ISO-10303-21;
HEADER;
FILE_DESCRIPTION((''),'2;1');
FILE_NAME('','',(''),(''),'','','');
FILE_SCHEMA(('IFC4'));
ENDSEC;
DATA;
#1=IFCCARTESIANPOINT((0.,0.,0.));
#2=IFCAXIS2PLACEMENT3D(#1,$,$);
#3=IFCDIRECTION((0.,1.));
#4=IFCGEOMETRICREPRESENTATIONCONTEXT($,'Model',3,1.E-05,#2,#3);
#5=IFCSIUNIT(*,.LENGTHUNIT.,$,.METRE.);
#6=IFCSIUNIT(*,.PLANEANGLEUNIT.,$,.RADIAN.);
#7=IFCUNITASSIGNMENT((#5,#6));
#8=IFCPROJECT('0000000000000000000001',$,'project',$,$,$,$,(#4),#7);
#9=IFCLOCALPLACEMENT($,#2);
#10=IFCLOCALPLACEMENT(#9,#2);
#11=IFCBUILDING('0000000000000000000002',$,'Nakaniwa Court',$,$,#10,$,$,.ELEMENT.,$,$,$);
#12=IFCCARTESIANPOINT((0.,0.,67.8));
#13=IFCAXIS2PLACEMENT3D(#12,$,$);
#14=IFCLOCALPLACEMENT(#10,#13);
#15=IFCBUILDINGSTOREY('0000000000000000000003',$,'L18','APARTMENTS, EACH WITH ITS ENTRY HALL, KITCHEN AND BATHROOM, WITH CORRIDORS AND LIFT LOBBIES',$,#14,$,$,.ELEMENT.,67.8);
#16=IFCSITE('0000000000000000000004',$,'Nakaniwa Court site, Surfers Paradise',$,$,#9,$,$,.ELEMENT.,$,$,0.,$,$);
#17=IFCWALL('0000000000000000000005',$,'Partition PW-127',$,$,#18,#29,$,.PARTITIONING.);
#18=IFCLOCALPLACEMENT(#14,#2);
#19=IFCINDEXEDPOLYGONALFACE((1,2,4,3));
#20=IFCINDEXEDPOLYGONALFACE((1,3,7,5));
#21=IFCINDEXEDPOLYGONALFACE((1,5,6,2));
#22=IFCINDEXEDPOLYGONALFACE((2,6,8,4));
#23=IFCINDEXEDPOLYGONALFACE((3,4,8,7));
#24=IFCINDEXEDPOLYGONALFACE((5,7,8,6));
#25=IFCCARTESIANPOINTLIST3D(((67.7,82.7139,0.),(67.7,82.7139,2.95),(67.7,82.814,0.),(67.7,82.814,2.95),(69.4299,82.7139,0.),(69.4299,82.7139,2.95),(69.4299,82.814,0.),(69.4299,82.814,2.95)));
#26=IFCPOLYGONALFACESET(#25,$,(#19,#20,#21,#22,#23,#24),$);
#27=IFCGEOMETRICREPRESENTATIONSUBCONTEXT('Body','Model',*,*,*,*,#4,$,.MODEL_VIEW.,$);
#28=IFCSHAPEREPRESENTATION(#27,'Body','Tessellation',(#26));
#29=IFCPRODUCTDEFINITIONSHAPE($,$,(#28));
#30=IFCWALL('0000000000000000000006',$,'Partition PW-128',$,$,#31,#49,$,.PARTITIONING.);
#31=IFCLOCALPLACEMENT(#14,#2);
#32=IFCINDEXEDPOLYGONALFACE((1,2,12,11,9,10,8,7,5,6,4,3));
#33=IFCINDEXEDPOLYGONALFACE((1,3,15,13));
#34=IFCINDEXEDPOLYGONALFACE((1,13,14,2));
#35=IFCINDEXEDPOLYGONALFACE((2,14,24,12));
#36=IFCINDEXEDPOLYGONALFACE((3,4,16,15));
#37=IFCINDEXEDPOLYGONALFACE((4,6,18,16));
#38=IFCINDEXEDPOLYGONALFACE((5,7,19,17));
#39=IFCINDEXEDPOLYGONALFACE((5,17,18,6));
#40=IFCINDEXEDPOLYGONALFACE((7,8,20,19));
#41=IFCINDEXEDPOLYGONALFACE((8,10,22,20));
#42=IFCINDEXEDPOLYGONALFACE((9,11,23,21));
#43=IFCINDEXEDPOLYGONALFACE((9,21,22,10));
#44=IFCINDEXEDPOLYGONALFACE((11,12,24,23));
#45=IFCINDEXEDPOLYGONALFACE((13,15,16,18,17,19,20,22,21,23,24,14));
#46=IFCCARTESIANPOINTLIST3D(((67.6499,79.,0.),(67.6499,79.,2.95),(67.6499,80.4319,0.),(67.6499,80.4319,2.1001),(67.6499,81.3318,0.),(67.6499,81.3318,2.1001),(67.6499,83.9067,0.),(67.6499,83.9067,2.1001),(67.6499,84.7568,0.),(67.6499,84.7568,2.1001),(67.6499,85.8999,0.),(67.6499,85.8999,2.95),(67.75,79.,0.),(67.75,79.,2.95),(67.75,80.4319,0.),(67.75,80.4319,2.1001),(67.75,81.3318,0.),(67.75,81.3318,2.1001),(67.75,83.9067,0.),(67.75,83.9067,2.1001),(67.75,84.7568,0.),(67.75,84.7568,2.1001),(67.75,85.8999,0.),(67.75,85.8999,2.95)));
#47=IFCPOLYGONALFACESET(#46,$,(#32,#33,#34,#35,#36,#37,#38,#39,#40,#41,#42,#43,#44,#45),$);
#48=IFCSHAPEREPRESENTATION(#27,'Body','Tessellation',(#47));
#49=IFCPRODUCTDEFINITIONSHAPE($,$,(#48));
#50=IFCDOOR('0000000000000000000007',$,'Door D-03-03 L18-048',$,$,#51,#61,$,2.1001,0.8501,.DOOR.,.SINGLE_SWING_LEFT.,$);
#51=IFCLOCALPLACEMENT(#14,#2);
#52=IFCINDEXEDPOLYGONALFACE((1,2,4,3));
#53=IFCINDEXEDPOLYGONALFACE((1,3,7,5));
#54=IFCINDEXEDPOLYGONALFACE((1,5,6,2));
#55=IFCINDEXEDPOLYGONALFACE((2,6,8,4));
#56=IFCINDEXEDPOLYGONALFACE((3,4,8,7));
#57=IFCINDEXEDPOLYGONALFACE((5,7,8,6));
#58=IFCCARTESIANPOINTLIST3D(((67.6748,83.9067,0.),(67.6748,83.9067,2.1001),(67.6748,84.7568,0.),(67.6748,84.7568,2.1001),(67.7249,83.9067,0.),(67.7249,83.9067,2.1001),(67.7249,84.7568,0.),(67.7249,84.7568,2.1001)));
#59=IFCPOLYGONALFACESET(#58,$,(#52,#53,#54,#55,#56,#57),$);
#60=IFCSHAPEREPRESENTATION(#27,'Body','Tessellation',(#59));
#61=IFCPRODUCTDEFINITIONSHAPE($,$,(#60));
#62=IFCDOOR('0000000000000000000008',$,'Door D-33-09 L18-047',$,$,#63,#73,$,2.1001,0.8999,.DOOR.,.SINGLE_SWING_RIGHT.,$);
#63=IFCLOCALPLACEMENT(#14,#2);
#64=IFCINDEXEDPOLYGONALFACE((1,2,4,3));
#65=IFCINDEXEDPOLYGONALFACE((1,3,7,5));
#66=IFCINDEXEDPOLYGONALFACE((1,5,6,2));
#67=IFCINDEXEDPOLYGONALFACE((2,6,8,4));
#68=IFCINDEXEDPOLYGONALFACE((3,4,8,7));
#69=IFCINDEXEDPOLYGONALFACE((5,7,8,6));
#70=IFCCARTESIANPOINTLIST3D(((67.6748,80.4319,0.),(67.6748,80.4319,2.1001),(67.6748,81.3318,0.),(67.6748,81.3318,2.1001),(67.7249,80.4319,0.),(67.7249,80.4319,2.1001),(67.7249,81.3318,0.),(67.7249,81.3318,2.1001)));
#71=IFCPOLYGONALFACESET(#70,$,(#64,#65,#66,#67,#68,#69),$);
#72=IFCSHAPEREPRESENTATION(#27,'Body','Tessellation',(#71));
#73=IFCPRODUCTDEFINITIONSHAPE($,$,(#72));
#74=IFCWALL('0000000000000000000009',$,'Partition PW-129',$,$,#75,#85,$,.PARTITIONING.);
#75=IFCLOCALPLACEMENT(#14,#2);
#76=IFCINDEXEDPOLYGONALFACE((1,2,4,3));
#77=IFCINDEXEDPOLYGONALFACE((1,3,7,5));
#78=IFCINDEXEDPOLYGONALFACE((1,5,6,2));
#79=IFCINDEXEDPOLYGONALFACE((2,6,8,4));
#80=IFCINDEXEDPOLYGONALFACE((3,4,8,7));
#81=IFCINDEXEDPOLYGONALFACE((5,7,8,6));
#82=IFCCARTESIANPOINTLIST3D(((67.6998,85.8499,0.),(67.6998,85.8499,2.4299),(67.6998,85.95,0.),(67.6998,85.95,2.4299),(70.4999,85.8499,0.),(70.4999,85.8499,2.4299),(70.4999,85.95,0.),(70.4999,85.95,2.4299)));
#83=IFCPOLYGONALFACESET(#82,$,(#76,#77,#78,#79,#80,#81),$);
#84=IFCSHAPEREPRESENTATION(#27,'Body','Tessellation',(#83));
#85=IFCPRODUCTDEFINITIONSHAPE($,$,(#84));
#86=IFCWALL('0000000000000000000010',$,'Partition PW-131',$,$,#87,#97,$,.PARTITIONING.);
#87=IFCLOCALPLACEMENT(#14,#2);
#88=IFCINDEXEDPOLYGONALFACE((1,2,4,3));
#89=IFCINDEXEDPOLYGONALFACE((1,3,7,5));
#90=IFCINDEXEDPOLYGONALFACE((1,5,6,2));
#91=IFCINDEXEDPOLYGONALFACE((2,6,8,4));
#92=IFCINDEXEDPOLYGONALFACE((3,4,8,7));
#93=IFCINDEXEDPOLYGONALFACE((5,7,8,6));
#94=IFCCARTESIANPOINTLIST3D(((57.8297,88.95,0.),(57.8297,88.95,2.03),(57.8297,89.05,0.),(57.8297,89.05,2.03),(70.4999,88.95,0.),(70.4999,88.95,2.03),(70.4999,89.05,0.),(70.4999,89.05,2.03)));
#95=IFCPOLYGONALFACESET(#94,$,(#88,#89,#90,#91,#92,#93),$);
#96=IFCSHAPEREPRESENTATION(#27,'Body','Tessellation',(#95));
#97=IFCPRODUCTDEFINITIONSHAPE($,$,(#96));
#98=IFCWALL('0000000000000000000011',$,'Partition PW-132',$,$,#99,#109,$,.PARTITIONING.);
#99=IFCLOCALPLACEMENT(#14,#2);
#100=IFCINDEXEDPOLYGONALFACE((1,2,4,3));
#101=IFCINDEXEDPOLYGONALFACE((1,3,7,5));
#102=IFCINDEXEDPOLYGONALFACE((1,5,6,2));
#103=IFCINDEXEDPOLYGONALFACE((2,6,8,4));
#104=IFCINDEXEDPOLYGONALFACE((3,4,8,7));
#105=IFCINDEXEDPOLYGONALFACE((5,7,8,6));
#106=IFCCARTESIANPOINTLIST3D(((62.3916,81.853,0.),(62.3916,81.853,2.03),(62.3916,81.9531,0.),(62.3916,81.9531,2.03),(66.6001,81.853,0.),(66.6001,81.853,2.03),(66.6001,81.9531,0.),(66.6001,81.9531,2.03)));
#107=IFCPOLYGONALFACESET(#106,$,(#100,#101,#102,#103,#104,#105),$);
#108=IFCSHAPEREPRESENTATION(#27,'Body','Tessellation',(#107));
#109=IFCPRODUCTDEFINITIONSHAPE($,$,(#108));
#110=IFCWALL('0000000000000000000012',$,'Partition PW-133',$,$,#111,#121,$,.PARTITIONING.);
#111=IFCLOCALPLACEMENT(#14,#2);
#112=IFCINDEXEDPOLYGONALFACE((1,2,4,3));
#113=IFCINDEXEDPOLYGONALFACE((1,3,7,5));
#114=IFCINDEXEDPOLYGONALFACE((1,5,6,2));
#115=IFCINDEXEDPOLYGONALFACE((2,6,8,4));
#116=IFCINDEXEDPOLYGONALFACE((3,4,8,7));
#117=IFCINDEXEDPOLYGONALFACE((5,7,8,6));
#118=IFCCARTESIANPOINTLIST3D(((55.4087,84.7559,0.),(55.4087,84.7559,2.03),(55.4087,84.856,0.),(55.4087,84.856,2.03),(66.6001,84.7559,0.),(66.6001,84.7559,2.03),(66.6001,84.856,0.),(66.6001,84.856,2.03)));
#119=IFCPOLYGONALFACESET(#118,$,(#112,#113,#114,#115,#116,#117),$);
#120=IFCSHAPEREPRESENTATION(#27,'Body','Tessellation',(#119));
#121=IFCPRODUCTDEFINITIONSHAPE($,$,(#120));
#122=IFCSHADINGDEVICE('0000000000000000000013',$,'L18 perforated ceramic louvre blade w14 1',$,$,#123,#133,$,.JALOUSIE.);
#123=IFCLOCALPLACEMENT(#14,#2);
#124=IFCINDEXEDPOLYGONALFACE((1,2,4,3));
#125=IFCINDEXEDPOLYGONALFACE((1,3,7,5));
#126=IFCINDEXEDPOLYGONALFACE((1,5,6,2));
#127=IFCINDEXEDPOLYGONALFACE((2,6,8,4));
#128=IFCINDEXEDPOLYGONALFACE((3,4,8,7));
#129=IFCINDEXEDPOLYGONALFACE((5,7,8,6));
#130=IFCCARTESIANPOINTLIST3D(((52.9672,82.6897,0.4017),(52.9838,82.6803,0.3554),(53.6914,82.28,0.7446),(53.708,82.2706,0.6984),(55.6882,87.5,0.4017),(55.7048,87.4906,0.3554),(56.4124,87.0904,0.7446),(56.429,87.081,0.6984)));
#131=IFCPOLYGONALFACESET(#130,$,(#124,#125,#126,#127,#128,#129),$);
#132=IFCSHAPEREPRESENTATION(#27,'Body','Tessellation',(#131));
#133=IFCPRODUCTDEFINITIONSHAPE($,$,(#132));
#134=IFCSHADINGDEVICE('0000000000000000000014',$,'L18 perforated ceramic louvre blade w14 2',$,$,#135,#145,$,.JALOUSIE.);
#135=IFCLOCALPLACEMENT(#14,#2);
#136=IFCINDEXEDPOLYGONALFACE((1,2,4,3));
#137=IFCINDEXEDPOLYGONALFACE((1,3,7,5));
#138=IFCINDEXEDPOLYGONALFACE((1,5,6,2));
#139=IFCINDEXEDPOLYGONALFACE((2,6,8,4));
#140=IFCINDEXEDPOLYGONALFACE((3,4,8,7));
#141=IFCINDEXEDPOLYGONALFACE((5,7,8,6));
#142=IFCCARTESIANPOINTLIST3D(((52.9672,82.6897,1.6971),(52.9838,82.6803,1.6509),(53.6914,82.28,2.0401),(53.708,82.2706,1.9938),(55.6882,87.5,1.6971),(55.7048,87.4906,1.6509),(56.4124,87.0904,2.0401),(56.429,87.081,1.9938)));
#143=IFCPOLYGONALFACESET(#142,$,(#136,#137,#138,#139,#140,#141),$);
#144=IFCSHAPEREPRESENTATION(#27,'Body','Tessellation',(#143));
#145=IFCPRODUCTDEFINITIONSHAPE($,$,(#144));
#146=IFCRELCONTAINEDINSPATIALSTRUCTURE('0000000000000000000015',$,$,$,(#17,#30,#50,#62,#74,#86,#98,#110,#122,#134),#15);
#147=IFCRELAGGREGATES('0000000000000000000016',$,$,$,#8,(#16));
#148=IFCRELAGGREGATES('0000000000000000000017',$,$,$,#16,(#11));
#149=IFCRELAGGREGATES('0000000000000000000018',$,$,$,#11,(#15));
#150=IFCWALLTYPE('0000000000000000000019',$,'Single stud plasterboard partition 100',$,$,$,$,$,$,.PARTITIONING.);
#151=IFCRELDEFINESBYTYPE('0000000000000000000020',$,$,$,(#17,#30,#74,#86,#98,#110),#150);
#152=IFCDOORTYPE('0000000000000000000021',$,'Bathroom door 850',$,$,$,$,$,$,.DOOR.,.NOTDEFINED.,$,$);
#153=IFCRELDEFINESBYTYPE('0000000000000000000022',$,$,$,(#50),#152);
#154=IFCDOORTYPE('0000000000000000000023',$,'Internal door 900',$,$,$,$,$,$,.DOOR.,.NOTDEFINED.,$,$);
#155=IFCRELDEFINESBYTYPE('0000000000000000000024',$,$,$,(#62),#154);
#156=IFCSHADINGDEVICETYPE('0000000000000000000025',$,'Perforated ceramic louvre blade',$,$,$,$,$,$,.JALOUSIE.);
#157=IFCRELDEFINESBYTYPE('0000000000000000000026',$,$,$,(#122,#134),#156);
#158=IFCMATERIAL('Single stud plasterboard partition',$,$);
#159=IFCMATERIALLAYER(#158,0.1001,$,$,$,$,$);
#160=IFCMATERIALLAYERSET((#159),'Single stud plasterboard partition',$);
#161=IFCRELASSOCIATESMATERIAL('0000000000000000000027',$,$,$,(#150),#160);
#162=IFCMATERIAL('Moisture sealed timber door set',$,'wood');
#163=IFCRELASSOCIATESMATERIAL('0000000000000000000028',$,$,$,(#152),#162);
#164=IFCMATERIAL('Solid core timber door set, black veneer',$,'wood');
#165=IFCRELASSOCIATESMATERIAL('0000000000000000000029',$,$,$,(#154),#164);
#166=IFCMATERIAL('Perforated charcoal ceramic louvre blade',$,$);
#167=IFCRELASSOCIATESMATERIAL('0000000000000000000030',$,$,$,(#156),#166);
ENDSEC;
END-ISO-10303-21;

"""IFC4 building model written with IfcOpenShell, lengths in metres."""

from ifc_helpers import new_model, si_unit, direction, frame, frame_2d, origin, origin_2d, place, context, subcontext, project, spatial, rectangle, extrude, material, layer, layer_set, material_profile, profile_set, type_object, element, fill, save


model = new_model("IFC4")

# Units and contexts
model_context = context("Model", 3, precision=1e-05, world=origin(), true_north=direction((0.0, 1.0)))
body_context = subcontext(model_context, "Body", "Model", "MODEL_VIEW")
ifc_project = project(units=[si_unit("LENGTHUNIT", "METRE"), si_unit("PLANEANGLEUNIT", "RADIAN")], contexts=[model_context])

# Site, building, storey
site_placement = place(None, origin())
site = spatial("IfcSite", under=ifc_project, at=site_placement, Name="Nakaniwa Court site, Surfers Paradise", CompositionType="ELEMENT", RefElevation=0.0)
building_placement = place(site_placement, origin())
building = spatial("IfcBuilding", under=site, at=building_placement, Name="Nakaniwa Court", CompositionType="ELEMENT")
storey_placement = place(building_placement, frame((0.0, 0.0, 67.8)))
storey = spatial("IfcBuildingStorey", under=building, at=storey_placement, Name="L18", Description="APARTMENTS, EACH WITH ITS ENTRY HALL, KITCHEN AND BATHROOM, WITH CORRIDORS AND LIFT LOBBIES", CompositionType="ELEMENT", Elevation=67.8)

# Wall
ifc_material_1 = material(Name="Single stud plasterboard partition")
ifc_layer_1 = layer(ifc_material_1, 0.1001)
ifc_layer_set_1 = layer_set([ifc_layer_1], Name="Single stud plasterboard partition")
wall_type_1 = type_object("IfcWallType", Name="Single stud plasterboard partition 100", PredefinedType="PARTITIONING", material=ifc_layer_set_1)
wall_1_placement = place(storey_placement, frame((67.7, 82.7639, 0.0), z_axis=(0.0, 0.0, 1.0), x_axis=(1.0, 0.0, 0.0)))
element("IfcWall", 1, at=wall_1_placement, inside=storey, type_object=wall_type_1, Name="Partition PW-127", PredefinedType="PARTITIONING", context=body_context, shape_type="SweptSolid", body=[
    extrude(rectangle(XDim=1.73, YDim=0.1001, at=frame_2d((0.865, 0.0))), origin(), (0.0, 0.0, 1.0), 2.95),
])

# Wall, openings, doors
wall_2_placement = place(storey_placement, frame((67.7, 85.8999, 0.0), z_axis=(0.0, 0.0, 1.0), x_axis=(0.0, -1.0, 0.0)))
wall_2 = element("IfcWall", 2, at=wall_2_placement, inside=storey, type_object=wall_type_1, Name="Partition PW-128", PredefinedType="PARTITIONING", context=body_context, shape_type="SweptSolid", body=[
    extrude(rectangle(XDim=6.8999, YDim=0.1001, at=frame_2d((3.45, 0.0))), origin(), (0.0, 0.0, 1.0), 2.95),
])
opening_1_placement = place(wall_2_placement, frame((4.5681, 0.0, 0.0)))
opening_1 = element("IfcOpeningElement", 3, at=opening_1_placement, cuts=wall_2, PredefinedType="OPENING", context=body_context, shape_type="SweptSolid", body=[
    extrude(rectangle(XDim=0.8999, YDim=2.1001, at=frame_2d((0.45, 1.05))), frame((0.0, 0.0601, 0.0), z_axis=(0.0, -1.0, 0.0), x_axis=(1.0, 0.0, 0.0)), (0.0, 0.0, 1.0), 0.1201),
])
opening_2_placement = place(wall_2_placement, frame((1.1431, 0.0, 0.0)))
opening_2 = element("IfcOpeningElement", 4, at=opening_2_placement, cuts=wall_2, PredefinedType="OPENING", context=body_context, shape_type="SweptSolid", body=[
    extrude(rectangle(XDim=0.8501, YDim=2.1001, at=frame_2d((0.425, 1.05))), frame((0.0, 0.0601, 0.0), z_axis=(0.0, -1.0, 0.0), x_axis=(1.0, 0.0, 0.0)), (0.0, 0.0, 1.0), 0.1201),
])
ifc_material_2 = material(Name="Moisture sealed timber door set", Category="wood")
door_type_1 = type_object("IfcDoorType", Name="Bathroom door 850", OperationType="NOTDEFINED", PredefinedType="DOOR", material=ifc_material_2)
door_1_placement = place(opening_2_placement, origin())
door_1 = element("IfcDoor", 5, at=door_1_placement, inside=storey, type_object=door_type_1, Name="Door D-03-03 L18-048", OperationType="SINGLE_SWING_LEFT", OverallHeight=2.1001, OverallWidth=0.8501, PredefinedType="DOOR", context=body_context, shape_type="SweptSolid", body=[
    extrude(rectangle(XDim=0.8501, YDim=2.1001, at=frame_2d((0.425, 1.05))), frame((0.0, 0.0249, 0.0), z_axis=(0.0, -1.0, 0.0), x_axis=(1.0, 0.0, 0.0)), (0.0, 0.0, 1.0), 0.05),
])
fill(opening_2, door_1)
ifc_material_3 = material(Name="Solid core timber door set, black veneer", Category="wood")
door_type_2 = type_object("IfcDoorType", Name="Internal door 900", OperationType="NOTDEFINED", PredefinedType="DOOR", material=ifc_material_3)
door_2_placement = place(opening_1_placement, origin())
door_2 = element("IfcDoor", 6, at=door_2_placement, inside=storey, type_object=door_type_2, Name="Door D-33-09 L18-047", OperationType="SINGLE_SWING_RIGHT", OverallHeight=2.1001, OverallWidth=0.8999, PredefinedType="DOOR", context=body_context, shape_type="SweptSolid", body=[
    extrude(rectangle(XDim=0.8999, YDim=2.1001, at=frame_2d((0.45, 1.05))), frame((0.0, 0.0249, 0.0), z_axis=(0.0, -1.0, 0.0), x_axis=(1.0, 0.0, 0.0)), (0.0, 0.0, 1.0), 0.05),
])
fill(opening_1, door_2)

# Walls
wall_3_placement = place(storey_placement, frame((67.7, 85.8999, 0.0), z_axis=(0.0, 0.0, 1.0), x_axis=(1.0, 0.0, 0.0)))
element("IfcWall", 7, at=wall_3_placement, inside=storey, type_object=wall_type_1, Name="Partition PW-129", PredefinedType="PARTITIONING", context=body_context, shape_type="SweptSolid", body=[
    extrude(rectangle(XDim=2.8, YDim=0.1001, at=frame_2d((1.3999, 0.0))), origin(), (0.0, 0.0, 1.0), 2.4299),
])
wall_4_placement = place(storey_placement, frame((57.8298, 89.0, 0.0), z_axis=(0.0, 0.0, 1.0), x_axis=(1.0, 0.0, 0.0)))
element("IfcWall", 8, at=wall_4_placement, inside=storey, type_object=wall_type_1, Name="Partition PW-131", PredefinedType="PARTITIONING", context=body_context, shape_type="SweptSolid", body=[
    extrude(rectangle(XDim=12.6702, YDim=0.1001, at=frame_2d((6.335, 0.0))), origin(), (0.0, 0.0, 1.0), 2.03),
])
wall_5_placement = place(storey_placement, frame((62.3916, 81.9031, 0.0), z_axis=(0.0, 0.0, 1.0), x_axis=(1.0, 0.0, 0.0)))
element("IfcWall", 9, at=wall_5_placement, inside=storey, type_object=wall_type_1, Name="Partition PW-132", PredefinedType="PARTITIONING", context=body_context, shape_type="SweptSolid", body=[
    extrude(rectangle(XDim=4.2085, YDim=0.1001, at=frame_2d((2.1042, 0.0))), origin(), (0.0, 0.0, 1.0), 2.03),
])
wall_6_placement = place(storey_placement, frame((55.4087, 84.8059, 0.0), z_axis=(0.0, 0.0, 1.0), x_axis=(1.0, 0.0, 0.0)))
element("IfcWall", 10, at=wall_6_placement, inside=storey, type_object=wall_type_1, Name="Partition PW-133", PredefinedType="PARTITIONING", context=body_context, shape_type="SweptSolid", body=[
    extrude(rectangle(XDim=11.1914, YDim=0.1001, at=frame_2d((5.5957, 0.0))), origin(), (0.0, 0.0, 1.0), 2.03),
])

# Shading devices
ifc_material_4 = material(Name="Perforated charcoal ceramic louvre blade")
ifc_material_profile_1 = material_profile(ifc_material_4, rectangle(XDim=0.8999, YDim=0.05, at=origin_2d()), Name="Perforated ceramic louvre blade")
ifc_profile_set_1 = profile_set([ifc_material_profile_1], Name="Perforated charcoal ceramic louvre blade")
shading_device_type = type_object("IfcShadingDeviceType", Name="Perforated ceramic louvre blade", PredefinedType="JALOUSIE", material=ifc_profile_set_1)
for number, where, z_axis, x_axis, name in (
    (11, (56.0586, 87.2905, 0.55), (-0.492343, -0.870402, 0.0), (0.804726, -0.455193, 0.38107), "L18 perforated ceramic louvre blade w14 1"),
    (12, (56.0586, 87.2905, 1.8455), (-0.492343, -0.870402, 0.0), (0.804726, -0.455193, 0.38107), "L18 perforated ceramic louvre blade w14 2"),
):
    element("IfcShadingDevice", number, at=place(storey_placement, frame(where, z_axis=z_axis, x_axis=x_axis)), inside=storey, type_object=shading_device_type, Name=name, PredefinedType="JALOUSIE", context=body_context, shape_type="SweptSolid", body=[
        extrude(rectangle(XDim=0.8999, YDim=0.05, at=origin_2d()), origin(), (0.0, 0.0, 1.0), 5.5266),
    ])

save(model, "model.ifc")
